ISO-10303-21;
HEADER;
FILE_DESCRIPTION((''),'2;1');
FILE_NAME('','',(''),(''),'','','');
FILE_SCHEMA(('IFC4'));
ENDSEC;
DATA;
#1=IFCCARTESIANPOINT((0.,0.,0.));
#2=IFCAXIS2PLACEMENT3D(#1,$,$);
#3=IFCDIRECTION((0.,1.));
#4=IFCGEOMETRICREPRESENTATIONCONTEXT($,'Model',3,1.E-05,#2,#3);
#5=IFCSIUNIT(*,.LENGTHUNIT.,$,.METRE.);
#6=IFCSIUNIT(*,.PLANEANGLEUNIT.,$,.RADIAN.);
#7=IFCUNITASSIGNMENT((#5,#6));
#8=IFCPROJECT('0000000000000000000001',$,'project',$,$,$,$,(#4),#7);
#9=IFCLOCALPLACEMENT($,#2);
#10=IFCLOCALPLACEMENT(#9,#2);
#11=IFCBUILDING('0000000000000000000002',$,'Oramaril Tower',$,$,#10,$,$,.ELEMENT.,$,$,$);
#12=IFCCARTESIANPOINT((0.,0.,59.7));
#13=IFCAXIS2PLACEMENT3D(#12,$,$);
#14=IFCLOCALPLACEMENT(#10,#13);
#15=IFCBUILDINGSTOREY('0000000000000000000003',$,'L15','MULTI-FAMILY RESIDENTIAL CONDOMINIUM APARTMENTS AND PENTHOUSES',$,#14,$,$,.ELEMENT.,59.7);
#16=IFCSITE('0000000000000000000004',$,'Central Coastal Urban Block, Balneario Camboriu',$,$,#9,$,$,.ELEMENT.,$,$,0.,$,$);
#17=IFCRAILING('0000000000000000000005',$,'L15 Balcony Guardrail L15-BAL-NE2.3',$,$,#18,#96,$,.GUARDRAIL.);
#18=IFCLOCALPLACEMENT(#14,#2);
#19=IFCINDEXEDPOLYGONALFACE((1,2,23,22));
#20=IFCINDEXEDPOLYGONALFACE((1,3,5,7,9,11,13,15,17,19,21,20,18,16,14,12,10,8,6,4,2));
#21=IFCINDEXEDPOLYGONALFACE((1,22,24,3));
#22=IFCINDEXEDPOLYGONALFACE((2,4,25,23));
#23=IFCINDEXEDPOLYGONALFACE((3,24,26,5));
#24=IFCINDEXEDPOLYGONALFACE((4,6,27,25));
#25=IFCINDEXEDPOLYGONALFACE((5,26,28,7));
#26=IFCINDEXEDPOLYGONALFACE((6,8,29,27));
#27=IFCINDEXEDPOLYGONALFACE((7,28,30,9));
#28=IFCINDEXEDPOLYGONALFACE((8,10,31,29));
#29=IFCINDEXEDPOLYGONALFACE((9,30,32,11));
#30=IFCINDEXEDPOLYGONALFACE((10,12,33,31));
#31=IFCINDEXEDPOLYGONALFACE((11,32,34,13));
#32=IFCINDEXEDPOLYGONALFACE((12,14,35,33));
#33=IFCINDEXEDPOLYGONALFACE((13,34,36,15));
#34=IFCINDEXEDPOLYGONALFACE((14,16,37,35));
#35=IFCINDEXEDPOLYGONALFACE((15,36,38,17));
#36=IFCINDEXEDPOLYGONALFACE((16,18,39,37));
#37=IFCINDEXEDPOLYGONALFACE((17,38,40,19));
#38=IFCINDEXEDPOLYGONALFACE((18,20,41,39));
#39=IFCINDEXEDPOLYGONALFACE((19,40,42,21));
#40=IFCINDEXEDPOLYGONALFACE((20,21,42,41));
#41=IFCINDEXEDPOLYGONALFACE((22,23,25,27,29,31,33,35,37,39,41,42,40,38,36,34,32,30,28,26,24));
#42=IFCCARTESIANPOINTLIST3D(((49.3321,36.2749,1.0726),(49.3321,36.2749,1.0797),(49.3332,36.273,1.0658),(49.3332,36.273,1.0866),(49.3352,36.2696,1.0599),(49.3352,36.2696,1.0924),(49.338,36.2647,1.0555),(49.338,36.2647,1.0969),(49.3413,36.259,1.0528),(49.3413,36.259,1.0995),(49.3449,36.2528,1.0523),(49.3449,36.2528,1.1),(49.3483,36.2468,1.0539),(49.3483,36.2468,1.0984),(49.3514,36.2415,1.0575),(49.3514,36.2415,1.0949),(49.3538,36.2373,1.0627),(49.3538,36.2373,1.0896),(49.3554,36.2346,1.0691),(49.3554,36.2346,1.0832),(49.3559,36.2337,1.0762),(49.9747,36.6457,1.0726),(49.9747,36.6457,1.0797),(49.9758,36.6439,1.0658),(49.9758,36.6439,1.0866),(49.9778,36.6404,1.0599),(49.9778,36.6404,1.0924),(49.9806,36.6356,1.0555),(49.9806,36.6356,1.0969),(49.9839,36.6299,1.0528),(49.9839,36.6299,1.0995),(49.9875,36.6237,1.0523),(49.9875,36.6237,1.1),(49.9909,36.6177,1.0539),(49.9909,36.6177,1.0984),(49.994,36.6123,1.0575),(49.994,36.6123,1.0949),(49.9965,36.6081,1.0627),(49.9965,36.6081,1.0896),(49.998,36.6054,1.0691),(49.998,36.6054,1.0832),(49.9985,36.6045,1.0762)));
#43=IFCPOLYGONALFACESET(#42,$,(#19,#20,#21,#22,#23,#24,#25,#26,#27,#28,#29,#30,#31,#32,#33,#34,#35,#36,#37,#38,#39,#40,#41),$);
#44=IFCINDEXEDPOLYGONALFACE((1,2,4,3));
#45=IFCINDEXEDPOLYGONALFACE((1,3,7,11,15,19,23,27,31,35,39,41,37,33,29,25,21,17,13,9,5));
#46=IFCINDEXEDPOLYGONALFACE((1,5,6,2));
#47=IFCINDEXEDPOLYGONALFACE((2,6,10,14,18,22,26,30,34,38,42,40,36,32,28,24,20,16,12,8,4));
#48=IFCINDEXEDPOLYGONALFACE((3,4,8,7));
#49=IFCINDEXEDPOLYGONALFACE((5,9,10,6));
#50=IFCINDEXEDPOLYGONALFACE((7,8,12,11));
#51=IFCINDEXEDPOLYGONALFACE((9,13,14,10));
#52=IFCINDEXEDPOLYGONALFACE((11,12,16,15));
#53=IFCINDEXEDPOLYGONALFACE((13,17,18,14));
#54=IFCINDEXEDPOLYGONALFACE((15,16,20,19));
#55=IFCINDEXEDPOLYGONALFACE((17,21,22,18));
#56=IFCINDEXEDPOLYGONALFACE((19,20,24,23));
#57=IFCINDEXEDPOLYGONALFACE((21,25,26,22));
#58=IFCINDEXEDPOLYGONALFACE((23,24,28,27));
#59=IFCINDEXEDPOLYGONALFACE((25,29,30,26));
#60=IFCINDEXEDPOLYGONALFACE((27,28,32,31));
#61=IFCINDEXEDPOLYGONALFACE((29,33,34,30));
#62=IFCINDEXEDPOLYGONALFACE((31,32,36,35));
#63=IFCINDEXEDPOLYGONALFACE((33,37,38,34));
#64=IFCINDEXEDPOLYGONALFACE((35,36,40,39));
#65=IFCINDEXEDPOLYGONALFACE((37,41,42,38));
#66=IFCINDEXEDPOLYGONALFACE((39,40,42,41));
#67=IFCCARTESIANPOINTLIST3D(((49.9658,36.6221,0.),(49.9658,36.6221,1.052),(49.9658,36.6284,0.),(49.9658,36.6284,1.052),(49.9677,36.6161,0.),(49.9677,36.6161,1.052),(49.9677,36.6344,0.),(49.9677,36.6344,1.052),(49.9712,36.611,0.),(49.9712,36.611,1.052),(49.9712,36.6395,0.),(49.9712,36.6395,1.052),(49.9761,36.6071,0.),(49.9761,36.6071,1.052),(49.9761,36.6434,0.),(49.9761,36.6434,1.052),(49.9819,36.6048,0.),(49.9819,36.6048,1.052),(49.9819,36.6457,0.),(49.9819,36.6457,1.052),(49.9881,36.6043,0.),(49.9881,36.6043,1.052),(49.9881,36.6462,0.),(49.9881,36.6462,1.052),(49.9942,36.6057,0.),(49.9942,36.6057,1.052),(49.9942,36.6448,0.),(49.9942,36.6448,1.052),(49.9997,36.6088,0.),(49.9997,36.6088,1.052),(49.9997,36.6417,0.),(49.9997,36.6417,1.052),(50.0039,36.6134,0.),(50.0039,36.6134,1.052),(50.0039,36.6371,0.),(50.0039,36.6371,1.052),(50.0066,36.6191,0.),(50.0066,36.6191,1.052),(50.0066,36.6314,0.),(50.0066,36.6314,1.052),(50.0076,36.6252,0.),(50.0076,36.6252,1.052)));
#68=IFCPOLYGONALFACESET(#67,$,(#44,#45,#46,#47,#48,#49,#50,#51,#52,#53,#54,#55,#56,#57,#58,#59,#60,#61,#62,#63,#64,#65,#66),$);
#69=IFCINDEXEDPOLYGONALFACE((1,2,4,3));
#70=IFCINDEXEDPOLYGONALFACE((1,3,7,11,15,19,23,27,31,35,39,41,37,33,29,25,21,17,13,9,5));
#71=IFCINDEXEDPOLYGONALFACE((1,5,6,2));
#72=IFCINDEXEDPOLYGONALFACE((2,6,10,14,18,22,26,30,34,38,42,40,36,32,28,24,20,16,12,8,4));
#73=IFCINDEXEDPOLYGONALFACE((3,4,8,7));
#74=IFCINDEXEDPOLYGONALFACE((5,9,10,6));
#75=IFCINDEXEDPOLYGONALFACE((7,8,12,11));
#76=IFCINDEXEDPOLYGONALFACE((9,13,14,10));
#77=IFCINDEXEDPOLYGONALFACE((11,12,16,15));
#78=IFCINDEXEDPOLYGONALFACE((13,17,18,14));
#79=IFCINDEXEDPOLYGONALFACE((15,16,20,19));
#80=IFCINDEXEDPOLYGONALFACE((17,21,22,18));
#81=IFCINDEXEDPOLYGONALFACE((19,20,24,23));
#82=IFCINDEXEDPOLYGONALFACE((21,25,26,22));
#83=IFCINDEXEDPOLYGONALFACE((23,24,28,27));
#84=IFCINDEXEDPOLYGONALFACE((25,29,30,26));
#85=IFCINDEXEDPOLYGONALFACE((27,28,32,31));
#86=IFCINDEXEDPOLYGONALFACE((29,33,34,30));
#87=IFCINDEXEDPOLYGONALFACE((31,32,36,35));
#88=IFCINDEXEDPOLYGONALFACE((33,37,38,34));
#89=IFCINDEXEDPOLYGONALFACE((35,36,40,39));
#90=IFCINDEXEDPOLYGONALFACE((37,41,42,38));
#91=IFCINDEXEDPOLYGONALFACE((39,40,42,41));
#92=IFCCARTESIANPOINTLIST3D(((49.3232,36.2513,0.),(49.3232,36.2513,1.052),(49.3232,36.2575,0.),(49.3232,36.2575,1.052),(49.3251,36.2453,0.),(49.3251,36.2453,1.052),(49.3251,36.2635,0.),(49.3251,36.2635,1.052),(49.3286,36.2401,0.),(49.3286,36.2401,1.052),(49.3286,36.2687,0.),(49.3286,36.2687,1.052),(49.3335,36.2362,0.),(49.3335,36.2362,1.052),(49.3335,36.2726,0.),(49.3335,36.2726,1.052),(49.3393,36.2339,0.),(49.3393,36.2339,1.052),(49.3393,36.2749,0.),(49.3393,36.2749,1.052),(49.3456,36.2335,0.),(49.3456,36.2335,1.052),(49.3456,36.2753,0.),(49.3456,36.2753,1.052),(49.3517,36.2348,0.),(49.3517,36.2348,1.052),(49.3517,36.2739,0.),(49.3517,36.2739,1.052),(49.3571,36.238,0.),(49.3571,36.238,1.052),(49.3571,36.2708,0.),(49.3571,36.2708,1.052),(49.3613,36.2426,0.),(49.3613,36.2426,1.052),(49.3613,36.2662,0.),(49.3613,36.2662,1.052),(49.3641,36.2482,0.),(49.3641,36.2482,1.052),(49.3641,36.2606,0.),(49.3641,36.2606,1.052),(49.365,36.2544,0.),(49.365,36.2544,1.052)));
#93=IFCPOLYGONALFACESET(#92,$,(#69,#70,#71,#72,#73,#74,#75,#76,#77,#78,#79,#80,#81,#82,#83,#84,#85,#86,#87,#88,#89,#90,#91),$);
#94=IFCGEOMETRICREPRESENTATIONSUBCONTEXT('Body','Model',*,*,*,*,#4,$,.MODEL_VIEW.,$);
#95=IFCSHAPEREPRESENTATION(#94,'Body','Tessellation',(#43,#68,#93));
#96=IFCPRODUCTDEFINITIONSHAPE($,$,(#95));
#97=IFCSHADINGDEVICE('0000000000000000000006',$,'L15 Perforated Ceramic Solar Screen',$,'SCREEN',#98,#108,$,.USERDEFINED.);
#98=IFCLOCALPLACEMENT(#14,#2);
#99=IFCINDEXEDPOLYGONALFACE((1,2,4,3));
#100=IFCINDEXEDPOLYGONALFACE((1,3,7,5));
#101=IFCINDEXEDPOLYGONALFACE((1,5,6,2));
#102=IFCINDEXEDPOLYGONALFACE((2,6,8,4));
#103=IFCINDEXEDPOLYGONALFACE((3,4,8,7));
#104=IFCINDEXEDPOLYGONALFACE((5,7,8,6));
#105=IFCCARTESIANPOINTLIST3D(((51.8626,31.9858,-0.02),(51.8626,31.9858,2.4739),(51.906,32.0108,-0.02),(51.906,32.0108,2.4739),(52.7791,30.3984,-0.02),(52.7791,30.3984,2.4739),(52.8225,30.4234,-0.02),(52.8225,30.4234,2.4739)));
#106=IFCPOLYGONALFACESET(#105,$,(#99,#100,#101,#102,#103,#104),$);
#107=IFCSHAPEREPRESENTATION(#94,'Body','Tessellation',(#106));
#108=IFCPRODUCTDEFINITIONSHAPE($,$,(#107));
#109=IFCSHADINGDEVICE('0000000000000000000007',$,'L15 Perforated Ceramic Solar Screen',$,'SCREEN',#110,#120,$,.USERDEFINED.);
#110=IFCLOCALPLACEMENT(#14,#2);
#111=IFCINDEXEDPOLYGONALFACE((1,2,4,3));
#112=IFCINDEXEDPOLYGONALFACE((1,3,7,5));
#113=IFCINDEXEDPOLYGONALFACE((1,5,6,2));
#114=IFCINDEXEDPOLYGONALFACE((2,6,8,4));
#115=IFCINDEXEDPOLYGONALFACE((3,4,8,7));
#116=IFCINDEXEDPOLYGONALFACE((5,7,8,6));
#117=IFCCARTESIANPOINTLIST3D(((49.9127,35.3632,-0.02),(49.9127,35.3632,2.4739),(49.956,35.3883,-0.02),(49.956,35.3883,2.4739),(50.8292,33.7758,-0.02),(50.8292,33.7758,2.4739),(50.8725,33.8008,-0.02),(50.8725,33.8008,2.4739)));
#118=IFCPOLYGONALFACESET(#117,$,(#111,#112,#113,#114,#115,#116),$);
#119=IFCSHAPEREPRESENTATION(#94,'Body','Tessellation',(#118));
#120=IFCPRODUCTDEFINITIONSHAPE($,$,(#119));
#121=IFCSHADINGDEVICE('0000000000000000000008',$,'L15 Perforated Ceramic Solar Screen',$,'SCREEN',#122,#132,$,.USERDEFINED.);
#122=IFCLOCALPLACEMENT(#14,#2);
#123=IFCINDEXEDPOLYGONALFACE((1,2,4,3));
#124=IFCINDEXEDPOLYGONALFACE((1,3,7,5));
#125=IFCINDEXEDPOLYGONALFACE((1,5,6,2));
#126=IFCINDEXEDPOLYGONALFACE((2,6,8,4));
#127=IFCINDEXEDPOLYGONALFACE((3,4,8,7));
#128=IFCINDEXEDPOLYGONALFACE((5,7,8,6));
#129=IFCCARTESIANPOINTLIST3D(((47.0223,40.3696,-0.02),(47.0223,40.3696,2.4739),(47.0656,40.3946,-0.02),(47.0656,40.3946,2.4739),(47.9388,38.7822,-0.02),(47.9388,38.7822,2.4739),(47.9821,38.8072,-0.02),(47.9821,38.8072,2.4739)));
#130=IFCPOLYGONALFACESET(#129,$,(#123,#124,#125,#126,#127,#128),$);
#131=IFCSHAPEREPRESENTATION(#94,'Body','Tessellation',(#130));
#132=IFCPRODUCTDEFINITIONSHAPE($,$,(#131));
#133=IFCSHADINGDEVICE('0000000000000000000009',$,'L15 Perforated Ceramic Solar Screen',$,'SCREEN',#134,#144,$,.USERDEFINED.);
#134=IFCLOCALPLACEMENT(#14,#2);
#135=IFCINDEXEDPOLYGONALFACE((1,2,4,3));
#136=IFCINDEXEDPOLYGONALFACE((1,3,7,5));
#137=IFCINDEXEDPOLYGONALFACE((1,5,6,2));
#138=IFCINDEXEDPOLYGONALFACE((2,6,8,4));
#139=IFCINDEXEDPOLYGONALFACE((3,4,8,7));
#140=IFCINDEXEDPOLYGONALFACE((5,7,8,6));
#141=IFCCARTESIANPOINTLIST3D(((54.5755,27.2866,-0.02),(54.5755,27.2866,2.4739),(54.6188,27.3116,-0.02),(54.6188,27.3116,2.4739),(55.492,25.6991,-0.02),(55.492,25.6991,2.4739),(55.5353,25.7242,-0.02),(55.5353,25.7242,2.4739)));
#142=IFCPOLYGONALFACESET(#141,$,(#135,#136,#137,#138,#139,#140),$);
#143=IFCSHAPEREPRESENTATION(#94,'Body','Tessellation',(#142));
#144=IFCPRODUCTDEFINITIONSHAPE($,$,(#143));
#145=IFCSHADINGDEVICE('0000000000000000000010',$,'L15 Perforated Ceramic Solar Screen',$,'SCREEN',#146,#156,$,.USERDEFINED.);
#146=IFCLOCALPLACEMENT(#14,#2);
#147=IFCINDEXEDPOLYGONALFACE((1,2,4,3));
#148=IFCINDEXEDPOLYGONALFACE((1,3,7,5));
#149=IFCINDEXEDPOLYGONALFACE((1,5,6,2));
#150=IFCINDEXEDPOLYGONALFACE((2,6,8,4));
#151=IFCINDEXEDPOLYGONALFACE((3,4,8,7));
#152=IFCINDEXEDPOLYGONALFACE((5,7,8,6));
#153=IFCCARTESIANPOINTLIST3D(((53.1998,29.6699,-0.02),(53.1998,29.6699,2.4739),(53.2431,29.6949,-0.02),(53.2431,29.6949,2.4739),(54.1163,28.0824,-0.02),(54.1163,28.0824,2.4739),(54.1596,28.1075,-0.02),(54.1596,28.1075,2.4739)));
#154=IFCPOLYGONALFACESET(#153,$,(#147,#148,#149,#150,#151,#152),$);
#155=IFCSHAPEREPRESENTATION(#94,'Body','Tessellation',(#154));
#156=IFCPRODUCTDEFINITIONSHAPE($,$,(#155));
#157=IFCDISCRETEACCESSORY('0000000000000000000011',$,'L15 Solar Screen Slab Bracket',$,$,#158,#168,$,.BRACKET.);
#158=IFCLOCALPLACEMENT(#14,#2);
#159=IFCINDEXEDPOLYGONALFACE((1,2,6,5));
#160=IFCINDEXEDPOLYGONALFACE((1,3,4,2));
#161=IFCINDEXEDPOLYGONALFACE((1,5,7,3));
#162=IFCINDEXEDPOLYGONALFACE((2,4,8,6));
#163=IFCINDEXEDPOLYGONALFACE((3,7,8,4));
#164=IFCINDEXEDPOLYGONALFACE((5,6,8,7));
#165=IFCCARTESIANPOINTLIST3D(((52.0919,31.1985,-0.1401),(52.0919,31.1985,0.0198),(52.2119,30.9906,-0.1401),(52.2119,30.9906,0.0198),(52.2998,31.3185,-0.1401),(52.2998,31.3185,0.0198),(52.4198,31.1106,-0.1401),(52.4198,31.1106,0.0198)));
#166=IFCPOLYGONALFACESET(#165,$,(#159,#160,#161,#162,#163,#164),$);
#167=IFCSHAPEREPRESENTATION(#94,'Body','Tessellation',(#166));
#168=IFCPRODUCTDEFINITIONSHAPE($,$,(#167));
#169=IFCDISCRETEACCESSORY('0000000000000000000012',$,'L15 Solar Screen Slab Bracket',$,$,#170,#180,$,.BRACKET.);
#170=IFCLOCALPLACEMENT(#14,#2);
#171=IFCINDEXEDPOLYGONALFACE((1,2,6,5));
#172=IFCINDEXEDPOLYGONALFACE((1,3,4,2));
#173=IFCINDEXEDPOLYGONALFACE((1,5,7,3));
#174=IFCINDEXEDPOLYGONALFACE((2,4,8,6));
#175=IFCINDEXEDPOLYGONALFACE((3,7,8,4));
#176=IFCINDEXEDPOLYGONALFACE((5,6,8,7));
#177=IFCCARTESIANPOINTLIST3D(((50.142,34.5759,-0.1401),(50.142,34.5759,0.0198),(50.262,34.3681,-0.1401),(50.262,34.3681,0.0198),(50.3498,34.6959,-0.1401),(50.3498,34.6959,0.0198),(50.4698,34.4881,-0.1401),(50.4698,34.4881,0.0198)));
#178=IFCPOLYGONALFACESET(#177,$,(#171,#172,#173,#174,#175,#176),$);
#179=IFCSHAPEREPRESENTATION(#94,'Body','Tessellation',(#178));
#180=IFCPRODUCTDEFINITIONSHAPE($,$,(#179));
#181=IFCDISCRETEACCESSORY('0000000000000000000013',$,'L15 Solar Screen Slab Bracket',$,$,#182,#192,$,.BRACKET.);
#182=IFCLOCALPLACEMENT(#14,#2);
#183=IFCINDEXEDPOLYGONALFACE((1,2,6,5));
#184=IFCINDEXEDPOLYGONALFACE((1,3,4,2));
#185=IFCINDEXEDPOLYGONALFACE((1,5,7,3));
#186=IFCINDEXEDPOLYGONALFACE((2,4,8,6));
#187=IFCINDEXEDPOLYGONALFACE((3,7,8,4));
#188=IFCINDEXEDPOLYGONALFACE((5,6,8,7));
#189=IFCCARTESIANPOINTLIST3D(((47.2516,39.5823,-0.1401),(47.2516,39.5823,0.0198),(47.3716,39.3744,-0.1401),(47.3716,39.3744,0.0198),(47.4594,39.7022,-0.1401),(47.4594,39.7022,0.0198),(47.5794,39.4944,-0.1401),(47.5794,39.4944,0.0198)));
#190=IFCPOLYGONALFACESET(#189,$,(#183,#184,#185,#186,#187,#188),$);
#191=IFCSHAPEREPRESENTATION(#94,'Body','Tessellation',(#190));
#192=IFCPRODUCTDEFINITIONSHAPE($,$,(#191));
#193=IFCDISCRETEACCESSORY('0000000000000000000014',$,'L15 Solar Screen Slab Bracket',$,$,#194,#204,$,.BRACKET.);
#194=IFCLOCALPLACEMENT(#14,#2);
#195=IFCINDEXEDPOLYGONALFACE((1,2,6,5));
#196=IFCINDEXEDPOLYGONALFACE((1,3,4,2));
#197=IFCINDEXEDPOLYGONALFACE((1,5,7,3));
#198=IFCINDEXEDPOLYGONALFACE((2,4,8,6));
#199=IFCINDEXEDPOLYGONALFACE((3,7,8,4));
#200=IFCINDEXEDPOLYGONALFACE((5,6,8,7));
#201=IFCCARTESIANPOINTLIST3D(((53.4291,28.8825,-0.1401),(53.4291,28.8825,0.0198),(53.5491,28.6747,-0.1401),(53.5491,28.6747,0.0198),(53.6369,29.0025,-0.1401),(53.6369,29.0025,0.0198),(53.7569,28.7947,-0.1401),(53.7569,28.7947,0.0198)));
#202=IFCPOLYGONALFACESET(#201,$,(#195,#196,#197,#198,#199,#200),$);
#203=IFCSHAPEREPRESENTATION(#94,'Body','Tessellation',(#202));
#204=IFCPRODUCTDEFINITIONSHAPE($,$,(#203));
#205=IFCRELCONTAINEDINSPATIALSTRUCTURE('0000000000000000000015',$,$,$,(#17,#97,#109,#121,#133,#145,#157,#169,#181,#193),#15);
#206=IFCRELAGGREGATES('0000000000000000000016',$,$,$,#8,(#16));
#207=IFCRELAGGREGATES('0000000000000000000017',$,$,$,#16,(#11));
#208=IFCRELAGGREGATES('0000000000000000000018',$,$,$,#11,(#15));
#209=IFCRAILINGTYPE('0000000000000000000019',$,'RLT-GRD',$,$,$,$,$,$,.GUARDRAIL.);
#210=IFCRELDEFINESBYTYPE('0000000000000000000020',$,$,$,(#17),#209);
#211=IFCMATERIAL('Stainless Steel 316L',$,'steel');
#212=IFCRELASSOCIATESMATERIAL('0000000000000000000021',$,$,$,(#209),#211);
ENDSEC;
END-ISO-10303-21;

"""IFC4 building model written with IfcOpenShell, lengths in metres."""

from ifc_helpers import new_model, si_unit, direction, frame, origin, origin_2d, place, context, subcontext, project, spatial, rectangle, circle, extrude, material, type_object, element, save


model = new_model("IFC4")

# Units and contexts
model_context = context("Model", 3, precision=1e-05, world=origin(), true_north=direction((0.0, 1.0)))
body_context = subcontext(model_context, "Body", "Model", "MODEL_VIEW")
ifc_project = project(units=[si_unit("LENGTHUNIT", "METRE"), si_unit("PLANEANGLEUNIT", "RADIAN")], contexts=[model_context])

# Site, building, storey
site_placement = place(None, origin())
site = spatial("IfcSite", under=ifc_project, at=site_placement, Name="Central Coastal Urban Block, Balneario Camboriu", CompositionType="ELEMENT", RefElevation=0.0)
building_placement = place(site_placement, origin())
building = spatial("IfcBuilding", under=site, at=building_placement, Name="Oramaril Tower", CompositionType="ELEMENT")
storey_placement = place(building_placement, frame((0.0, 0.0, 59.7)))
storey = spatial("IfcBuildingStorey", under=building, at=storey_placement, Name="L15", Description="MULTI-FAMILY RESIDENTIAL CONDOMINIUM APARTMENTS AND PENTHOUSES", CompositionType="ELEMENT", Elevation=59.7)

# Railing
ifc_material_1 = material(Name="Stainless Steel 316L", Category="steel")
railing_type = type_object("IfcRailingType", Name="RLT-GRD", PredefinedType="GUARDRAIL", material=ifc_material_1)
railing_1_placement = place(storey_placement, frame((49.9866, 36.6252, 0.0)))
element("IfcRailing", 1, at=railing_1_placement, inside=storey, type_object=railing_type, Name="L15 Balcony Guardrail L15-BAL-NE2.3", PredefinedType="GUARDRAIL", context=body_context, shape_type="SweptSolid", body=[
    extrude(circle(Radius=0.0239, at=origin_2d()), frame((0.0, 0.0, 1.0762), z_axis=(-0.866109, -0.499855, 0.0), x_axis=(0.499855, -0.866109, 0.0)), (0.0, 0.0, 1.0), 0.7419),
    extrude(circle(Radius=0.021, at=origin_2d()), origin(), (0.0, 0.0, 1.0), 1.052),
    extrude(circle(Radius=0.021, at=origin_2d()), frame((-0.6426, -0.3708, 0.0)), (0.0, 0.0, 1.0), 1.052),
])

# Shading devices
for number, where, z_axis, x_axis, name in (
    (2, (52.3425, 31.2046, -0.02), (0.0, 0.0, 1.0), (-0.499998, 0.866026, 0.0), "L15 Perforated Ceramic Solar Screen"),
    (3, (50.3926, 34.582, -0.02), (0.0, 0.0, 1.0), (-0.499998, 0.866026, 0.0), "L15 Perforated Ceramic Solar Screen"),
    (4, (47.5022, 39.5884, -0.02), (0.0, 0.0, 1.0), (-0.499998, 0.866026, 0.0), "L15 Perforated Ceramic Solar Screen"),
    (5, (55.0554, 26.5054, -0.02), (0.0, 0.0, 1.0), (-0.499998, 0.866026, 0.0), "L15 Perforated Ceramic Solar Screen"),
    (6, (53.6797, 28.8887, -0.02), (0.0, 0.0, 1.0), (-0.499998, 0.866026, 0.0), "L15 Perforated Ceramic Solar Screen"),
):
    element("IfcShadingDevice", number, at=place(storey_placement, frame(where, z_axis=z_axis, x_axis=x_axis)), inside=storey, Name=name, ObjectType="SCREEN", PredefinedType="USERDEFINED", context=body_context, shape_type="SweptSolid", body=[
        extrude(rectangle(XDim=1.833, YDim=0.05, at=origin_2d()), origin(), (0.0, 0.0, 1.0), 2.4939),
    ])

# Discrete accessories
for number, where, z_axis, x_axis, name in (
    (7, (52.2559, 31.1545, -0.1401), (0.0, 0.0, 1.0), (-0.499998, 0.866026, 0.0), "L15 Solar Screen Slab Bracket"),
    (8, (50.3059, 34.532, -0.1401), (0.0, 0.0, 1.0), (-0.499998, 0.866026, 0.0), "L15 Solar Screen Slab Bracket"),
    (9, (47.4155, 39.5383, -0.1401), (0.0, 0.0, 1.0), (-0.499998, 0.866026, 0.0), "L15 Solar Screen Slab Bracket"),
    (10, (53.593, 28.8386, -0.1401), (0.0, 0.0, 1.0), (-0.499998, 0.866026, 0.0), "L15 Solar Screen Slab Bracket"),
):
    element("IfcDiscreteAccessory", number, at=place(storey_placement, frame(where, z_axis=z_axis, x_axis=x_axis)), inside=storey, Name=name, PredefinedType="BRACKET", context=body_context, shape_type="SweptSolid", body=[
        extrude(rectangle(XDim=0.24, YDim=0.24, at=origin_2d()), origin(), (0.0, 0.0, 1.0), 0.1599),
    ])

save(model, "model.ifc")
